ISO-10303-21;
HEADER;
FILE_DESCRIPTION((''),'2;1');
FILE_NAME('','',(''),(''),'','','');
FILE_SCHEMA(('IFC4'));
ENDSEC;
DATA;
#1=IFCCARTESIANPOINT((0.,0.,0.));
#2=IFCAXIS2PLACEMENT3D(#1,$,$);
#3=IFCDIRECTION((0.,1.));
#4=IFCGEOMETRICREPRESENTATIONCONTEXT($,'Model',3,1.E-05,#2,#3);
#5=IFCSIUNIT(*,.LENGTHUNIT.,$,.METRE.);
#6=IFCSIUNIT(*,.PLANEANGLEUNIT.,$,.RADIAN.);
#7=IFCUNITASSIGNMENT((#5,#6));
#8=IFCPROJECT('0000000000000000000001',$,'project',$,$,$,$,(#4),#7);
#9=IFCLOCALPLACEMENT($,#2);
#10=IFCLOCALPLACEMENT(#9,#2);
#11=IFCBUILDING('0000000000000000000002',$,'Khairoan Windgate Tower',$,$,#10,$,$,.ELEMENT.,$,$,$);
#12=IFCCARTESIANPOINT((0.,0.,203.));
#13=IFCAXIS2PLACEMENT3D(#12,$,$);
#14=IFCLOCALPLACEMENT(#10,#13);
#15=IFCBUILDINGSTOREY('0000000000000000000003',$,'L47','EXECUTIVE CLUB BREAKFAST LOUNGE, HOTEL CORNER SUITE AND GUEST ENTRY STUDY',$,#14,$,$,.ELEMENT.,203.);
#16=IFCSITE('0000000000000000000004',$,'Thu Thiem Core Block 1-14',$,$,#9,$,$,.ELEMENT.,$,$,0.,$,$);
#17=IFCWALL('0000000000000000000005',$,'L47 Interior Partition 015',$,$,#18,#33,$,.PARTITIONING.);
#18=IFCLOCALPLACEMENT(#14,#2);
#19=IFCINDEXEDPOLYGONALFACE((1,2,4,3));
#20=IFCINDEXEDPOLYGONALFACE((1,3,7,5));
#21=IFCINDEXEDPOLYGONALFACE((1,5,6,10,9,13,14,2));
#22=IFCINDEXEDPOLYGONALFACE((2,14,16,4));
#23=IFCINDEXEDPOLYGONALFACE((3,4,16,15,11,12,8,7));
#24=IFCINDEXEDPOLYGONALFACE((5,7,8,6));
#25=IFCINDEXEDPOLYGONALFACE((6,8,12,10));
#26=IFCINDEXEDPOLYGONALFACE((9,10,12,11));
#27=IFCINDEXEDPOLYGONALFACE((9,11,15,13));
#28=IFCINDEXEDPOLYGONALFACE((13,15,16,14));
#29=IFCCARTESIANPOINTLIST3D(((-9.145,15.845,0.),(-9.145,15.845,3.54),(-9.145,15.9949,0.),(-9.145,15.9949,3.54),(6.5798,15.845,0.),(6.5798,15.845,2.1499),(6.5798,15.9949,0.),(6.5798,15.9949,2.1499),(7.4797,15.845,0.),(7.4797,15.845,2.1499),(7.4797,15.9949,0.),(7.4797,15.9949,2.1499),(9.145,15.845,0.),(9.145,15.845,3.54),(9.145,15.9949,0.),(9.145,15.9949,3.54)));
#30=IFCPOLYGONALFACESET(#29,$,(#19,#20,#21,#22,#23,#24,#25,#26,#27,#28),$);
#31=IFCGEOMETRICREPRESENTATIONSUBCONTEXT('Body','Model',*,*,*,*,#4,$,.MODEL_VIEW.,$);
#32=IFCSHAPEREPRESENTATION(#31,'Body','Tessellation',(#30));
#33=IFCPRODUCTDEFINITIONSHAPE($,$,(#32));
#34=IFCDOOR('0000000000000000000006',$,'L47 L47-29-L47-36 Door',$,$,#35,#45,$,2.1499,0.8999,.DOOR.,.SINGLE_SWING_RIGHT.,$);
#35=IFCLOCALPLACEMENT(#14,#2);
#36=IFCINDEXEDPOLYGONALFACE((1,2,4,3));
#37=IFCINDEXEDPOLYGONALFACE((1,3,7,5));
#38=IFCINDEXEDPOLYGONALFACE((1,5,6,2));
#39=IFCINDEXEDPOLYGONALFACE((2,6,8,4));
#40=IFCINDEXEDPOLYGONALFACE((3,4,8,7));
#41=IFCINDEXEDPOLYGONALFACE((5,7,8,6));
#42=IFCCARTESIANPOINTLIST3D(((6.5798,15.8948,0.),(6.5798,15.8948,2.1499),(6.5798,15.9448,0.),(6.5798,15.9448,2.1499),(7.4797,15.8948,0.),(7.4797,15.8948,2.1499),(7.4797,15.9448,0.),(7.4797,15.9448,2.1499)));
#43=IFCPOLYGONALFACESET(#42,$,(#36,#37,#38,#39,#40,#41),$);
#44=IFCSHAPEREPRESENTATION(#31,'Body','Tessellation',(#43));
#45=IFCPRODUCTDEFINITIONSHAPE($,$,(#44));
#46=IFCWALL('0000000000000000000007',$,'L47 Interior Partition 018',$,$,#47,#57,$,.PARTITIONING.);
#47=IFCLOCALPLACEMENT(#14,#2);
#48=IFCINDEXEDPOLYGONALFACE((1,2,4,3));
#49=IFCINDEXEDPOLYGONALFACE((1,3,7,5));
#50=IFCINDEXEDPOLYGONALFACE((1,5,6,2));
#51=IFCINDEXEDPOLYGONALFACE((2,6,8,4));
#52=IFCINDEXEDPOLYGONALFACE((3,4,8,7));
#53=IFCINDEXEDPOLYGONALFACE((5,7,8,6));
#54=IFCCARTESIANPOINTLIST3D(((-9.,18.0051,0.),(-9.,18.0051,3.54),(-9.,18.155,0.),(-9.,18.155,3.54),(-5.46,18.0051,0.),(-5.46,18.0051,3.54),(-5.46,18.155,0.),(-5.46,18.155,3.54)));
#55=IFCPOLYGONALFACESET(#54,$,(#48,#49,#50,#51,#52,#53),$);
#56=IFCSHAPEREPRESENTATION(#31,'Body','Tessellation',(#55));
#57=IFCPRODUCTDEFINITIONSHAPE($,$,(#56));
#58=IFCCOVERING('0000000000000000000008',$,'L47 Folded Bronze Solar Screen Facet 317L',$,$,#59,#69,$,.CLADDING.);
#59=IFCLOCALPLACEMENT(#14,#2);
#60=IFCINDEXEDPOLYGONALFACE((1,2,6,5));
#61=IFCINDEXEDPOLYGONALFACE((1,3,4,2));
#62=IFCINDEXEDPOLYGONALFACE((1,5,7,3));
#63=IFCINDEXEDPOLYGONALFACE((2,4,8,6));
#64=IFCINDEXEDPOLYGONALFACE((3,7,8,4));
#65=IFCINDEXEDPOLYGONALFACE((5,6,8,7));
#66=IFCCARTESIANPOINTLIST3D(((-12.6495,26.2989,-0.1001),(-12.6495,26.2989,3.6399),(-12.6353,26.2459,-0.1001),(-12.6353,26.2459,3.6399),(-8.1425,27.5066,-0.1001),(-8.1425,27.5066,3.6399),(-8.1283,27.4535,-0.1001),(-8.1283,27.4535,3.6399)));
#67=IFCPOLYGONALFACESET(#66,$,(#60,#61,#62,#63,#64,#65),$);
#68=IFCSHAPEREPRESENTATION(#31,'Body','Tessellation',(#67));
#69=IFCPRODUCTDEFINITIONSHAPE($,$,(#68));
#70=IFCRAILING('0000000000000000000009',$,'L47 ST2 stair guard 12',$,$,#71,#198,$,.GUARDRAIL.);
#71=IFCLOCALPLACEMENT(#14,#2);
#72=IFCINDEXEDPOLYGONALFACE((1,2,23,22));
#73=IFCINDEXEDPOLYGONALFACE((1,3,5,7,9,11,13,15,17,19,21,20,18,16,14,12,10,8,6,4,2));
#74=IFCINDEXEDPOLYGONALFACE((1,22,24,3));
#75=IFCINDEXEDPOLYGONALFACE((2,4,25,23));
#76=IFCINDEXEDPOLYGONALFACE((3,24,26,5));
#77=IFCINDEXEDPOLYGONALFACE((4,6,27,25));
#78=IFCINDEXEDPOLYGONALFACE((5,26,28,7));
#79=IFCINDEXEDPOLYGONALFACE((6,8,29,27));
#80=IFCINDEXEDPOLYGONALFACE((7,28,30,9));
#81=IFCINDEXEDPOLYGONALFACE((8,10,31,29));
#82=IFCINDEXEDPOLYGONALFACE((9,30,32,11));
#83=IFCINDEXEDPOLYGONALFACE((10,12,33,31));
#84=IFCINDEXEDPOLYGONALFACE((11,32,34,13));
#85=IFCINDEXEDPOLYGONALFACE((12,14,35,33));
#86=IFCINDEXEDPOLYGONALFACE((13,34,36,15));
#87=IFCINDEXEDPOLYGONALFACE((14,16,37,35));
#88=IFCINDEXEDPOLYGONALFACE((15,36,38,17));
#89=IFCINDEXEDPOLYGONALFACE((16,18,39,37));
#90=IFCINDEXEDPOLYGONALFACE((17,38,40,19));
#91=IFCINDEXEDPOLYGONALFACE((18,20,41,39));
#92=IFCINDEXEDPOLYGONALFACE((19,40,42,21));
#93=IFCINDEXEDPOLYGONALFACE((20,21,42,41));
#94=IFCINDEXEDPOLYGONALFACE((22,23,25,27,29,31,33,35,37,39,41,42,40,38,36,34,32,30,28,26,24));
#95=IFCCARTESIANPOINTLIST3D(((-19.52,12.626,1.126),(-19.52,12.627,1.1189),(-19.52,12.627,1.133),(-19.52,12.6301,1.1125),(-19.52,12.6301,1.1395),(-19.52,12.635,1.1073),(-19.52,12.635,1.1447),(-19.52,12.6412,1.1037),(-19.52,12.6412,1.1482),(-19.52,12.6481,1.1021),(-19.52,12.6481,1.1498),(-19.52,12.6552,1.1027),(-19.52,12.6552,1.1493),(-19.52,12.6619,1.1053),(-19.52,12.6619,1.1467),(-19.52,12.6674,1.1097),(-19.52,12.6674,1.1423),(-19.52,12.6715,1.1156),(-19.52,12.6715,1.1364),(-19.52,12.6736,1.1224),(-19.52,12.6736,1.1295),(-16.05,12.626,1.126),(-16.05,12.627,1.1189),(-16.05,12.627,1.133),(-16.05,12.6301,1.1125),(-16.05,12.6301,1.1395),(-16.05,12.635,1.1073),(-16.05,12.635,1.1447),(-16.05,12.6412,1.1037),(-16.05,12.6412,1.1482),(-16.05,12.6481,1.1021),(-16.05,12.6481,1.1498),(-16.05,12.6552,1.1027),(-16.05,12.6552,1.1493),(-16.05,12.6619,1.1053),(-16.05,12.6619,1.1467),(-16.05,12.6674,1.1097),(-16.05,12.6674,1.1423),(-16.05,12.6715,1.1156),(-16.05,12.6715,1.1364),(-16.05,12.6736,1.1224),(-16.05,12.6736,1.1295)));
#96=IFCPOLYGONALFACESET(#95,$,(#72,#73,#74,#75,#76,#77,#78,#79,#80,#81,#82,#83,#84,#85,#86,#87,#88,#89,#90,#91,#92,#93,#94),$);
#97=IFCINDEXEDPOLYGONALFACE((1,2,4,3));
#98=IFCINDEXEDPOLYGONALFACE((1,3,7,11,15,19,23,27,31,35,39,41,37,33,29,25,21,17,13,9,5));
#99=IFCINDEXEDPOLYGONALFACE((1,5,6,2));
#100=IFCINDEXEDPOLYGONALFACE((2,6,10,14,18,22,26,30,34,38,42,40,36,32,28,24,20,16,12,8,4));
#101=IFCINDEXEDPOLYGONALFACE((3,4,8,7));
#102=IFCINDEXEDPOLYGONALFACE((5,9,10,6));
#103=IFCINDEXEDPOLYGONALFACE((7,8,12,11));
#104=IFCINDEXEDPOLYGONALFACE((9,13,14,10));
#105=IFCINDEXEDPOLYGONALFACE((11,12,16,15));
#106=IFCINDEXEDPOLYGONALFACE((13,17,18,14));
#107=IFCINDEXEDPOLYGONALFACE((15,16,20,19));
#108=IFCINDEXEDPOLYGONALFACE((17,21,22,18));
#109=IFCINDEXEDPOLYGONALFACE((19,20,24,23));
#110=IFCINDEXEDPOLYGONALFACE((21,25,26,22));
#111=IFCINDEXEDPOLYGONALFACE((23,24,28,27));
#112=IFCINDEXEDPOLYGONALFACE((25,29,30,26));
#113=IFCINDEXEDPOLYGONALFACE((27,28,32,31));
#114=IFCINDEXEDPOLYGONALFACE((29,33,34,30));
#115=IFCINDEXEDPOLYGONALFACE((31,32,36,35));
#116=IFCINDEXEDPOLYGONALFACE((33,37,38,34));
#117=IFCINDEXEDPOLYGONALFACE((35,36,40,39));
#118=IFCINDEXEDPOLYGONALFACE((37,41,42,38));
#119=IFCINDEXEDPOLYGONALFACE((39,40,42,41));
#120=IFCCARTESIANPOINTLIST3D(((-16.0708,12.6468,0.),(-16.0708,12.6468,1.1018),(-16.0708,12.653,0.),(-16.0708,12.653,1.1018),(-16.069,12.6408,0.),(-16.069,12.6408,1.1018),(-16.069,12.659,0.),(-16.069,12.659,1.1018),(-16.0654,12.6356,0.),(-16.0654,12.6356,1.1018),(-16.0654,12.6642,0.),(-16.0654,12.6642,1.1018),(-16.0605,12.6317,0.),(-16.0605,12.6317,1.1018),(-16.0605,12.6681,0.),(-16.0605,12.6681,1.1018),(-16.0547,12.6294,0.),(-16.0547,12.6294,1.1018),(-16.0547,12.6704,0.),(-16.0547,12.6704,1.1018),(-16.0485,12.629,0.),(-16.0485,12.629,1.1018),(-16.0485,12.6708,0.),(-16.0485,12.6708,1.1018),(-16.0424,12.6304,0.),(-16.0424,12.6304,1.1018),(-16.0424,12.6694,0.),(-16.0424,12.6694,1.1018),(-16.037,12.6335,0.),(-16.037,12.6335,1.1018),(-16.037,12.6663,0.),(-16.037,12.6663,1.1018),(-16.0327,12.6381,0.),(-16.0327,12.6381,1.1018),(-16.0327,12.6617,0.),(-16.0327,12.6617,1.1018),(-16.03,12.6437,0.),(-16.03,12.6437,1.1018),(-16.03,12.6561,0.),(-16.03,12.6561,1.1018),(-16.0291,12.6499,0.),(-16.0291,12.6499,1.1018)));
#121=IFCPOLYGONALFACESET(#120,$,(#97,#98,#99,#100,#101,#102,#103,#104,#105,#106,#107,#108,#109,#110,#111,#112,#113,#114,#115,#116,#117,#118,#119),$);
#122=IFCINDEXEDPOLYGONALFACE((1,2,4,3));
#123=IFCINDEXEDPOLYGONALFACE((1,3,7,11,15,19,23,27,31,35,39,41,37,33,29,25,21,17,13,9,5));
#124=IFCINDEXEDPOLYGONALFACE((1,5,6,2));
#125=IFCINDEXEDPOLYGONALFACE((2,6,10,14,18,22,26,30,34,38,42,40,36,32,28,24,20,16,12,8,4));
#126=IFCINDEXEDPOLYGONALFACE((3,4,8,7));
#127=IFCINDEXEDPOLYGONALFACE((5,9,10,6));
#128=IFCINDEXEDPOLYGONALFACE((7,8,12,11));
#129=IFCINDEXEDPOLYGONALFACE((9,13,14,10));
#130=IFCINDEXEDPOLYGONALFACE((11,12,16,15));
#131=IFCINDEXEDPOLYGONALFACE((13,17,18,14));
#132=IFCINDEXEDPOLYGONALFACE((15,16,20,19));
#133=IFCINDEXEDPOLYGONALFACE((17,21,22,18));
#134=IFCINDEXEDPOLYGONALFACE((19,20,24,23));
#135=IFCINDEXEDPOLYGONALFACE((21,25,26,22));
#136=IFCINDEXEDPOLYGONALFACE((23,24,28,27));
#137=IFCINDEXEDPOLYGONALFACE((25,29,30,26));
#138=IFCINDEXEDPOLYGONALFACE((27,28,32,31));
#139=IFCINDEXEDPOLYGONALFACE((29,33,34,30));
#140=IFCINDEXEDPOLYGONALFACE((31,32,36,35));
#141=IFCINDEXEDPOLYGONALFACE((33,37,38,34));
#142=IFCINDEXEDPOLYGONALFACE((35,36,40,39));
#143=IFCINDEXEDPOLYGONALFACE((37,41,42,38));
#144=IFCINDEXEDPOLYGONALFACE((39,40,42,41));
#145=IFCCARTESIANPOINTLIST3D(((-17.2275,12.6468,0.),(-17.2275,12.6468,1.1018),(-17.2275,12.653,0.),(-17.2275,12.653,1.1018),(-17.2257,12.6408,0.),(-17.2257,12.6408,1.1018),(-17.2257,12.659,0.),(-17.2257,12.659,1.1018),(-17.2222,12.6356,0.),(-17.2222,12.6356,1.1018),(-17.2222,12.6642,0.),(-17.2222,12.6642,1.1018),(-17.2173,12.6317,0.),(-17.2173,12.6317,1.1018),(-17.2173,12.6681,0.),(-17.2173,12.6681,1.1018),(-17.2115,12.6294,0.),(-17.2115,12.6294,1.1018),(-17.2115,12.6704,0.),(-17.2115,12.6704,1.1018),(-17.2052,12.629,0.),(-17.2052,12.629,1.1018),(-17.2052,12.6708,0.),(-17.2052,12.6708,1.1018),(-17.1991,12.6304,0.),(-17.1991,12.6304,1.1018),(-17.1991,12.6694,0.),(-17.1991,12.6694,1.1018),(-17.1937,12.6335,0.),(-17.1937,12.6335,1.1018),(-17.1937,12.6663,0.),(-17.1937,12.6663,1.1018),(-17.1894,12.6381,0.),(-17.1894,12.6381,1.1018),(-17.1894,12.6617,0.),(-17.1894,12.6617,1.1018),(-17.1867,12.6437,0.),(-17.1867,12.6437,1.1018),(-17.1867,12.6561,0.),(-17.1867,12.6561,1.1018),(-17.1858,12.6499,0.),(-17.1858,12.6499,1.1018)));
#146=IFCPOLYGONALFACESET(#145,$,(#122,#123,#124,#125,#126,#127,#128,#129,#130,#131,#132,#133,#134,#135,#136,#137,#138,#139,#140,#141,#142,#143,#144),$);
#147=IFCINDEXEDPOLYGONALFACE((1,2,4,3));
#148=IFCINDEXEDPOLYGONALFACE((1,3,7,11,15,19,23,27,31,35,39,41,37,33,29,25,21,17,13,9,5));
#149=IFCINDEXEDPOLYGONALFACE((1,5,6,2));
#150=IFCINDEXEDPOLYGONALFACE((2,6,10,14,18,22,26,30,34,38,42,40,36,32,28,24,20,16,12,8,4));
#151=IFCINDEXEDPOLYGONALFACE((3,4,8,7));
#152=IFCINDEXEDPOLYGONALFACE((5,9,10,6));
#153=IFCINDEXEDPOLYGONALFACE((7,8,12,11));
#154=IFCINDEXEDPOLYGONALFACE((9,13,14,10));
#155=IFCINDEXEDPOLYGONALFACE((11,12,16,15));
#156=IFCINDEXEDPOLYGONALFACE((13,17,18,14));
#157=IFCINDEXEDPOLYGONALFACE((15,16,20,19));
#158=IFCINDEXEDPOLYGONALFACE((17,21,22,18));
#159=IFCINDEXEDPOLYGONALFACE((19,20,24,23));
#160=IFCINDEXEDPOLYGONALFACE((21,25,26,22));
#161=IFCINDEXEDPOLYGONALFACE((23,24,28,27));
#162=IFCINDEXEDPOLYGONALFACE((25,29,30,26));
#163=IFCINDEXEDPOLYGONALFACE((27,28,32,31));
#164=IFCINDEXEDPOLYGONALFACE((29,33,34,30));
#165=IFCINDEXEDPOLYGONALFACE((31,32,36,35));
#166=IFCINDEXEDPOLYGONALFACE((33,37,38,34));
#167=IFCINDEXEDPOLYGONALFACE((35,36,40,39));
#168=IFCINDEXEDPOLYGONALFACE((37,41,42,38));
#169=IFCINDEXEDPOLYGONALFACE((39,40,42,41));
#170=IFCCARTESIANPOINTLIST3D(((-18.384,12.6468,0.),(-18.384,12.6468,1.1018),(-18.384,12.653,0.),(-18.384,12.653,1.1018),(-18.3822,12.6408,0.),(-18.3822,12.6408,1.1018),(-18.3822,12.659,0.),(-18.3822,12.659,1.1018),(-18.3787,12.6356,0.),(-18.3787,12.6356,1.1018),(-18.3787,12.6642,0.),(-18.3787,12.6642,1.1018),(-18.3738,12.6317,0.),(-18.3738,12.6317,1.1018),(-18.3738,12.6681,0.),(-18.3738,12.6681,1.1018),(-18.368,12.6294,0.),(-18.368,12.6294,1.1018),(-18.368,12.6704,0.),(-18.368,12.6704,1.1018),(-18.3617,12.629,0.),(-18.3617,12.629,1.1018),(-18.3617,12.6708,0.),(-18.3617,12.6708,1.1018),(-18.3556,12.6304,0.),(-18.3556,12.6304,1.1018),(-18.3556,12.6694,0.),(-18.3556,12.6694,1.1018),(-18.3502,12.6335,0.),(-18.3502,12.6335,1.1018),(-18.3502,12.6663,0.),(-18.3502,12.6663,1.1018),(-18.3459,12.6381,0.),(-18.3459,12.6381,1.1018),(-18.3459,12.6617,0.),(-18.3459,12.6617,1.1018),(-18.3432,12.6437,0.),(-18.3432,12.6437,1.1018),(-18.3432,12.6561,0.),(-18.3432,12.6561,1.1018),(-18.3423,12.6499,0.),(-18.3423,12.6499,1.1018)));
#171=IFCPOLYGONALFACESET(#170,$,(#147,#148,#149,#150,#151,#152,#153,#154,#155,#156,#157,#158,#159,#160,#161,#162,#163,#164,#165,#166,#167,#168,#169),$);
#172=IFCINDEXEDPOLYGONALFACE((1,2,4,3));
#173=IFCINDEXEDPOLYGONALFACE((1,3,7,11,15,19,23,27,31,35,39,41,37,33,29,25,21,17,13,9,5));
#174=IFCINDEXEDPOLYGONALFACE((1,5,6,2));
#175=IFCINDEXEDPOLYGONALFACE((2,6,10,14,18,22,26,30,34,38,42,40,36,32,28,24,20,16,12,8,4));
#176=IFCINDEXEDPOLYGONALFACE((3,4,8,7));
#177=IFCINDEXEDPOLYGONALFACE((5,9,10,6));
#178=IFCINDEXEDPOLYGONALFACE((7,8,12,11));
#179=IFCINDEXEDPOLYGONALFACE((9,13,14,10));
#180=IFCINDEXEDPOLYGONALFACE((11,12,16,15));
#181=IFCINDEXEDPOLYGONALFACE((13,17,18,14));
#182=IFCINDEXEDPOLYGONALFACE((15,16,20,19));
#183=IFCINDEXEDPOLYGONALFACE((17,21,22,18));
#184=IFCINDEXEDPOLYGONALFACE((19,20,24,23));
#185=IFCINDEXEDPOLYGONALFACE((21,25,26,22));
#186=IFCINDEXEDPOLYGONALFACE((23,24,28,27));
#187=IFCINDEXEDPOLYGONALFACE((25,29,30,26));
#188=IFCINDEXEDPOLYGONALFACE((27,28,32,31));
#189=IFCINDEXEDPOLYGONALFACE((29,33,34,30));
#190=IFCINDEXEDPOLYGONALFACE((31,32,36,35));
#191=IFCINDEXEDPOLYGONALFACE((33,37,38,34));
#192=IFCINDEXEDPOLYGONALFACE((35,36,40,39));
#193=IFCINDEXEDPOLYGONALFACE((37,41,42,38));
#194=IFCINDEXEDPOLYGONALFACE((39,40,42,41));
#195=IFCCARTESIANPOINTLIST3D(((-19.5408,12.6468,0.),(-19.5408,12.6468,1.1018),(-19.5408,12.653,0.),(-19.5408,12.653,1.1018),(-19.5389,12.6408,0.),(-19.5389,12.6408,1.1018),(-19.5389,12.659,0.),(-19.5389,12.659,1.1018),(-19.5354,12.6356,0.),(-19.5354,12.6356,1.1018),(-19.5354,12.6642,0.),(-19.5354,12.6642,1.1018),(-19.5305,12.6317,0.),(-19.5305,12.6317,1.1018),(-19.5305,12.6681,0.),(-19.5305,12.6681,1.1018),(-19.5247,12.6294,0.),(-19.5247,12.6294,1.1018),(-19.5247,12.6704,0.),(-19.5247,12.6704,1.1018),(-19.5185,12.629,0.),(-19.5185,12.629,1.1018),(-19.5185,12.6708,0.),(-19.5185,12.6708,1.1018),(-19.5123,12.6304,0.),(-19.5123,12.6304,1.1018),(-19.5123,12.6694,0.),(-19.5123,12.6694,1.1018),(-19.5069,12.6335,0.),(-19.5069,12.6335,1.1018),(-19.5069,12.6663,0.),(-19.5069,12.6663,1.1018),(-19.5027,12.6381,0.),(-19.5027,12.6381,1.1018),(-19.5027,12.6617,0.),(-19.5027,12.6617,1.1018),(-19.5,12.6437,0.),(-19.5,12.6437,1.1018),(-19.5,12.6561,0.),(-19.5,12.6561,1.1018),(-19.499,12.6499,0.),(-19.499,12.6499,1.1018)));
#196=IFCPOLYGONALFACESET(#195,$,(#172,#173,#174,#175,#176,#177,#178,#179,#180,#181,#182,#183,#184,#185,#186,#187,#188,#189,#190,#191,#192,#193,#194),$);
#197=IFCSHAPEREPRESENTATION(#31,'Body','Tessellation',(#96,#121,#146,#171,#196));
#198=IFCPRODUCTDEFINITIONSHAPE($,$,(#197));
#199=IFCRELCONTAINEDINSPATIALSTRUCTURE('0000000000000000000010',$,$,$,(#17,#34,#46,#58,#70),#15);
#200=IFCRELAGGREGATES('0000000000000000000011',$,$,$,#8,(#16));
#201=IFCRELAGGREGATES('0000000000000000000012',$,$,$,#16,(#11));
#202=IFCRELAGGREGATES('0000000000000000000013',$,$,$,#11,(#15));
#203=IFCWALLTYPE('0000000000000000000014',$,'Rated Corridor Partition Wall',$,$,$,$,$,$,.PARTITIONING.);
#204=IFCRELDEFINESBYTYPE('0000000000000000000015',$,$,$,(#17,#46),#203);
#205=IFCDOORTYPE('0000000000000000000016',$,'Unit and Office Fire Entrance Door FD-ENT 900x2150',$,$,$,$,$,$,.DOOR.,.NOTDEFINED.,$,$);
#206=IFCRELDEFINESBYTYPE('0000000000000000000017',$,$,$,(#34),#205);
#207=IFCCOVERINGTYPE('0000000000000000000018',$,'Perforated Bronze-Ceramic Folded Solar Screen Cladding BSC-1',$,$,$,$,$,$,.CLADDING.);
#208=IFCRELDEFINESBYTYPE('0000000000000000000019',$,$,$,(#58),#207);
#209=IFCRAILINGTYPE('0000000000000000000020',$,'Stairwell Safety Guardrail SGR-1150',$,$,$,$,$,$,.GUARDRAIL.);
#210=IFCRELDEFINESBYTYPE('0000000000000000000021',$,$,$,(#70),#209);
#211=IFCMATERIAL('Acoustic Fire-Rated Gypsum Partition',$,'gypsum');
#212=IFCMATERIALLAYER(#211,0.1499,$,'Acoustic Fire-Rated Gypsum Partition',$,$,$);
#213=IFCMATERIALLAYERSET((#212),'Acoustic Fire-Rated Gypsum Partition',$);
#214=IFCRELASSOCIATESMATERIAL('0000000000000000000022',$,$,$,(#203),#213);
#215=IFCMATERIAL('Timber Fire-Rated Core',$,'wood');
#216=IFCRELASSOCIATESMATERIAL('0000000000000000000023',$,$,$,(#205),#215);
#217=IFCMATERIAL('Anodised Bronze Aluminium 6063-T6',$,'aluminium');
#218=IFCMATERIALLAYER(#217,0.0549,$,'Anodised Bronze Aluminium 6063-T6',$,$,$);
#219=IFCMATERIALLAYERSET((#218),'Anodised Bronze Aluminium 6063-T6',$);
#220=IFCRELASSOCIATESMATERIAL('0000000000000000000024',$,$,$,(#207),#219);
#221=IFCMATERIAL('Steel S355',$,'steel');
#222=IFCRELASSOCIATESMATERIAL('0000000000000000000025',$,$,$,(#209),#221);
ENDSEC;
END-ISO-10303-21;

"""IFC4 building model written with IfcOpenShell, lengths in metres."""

from ifc_helpers import new_model, si_unit, direction, frame, frame_2d, origin, origin_2d, place, context, subcontext, project, spatial, rectangle, circle, extrude, material, layer, layer_set, type_object, element, fill, save


model = new_model("IFC4")

# Units and contexts
model_context = context("Model", 3, precision=1e-05, world=origin(), true_north=direction((0.0, 1.0)))
body_context = subcontext(model_context, "Body", "Model", "MODEL_VIEW")
ifc_project = project(units=[si_unit("LENGTHUNIT", "METRE"), si_unit("PLANEANGLEUNIT", "RADIAN")], contexts=[model_context])

# Site, building, storey
site_placement = place(None, origin())
site = spatial("IfcSite", under=ifc_project, at=site_placement, Name="Thu Thiem Core Block 1-14", CompositionType="ELEMENT", RefElevation=0.0)
building_placement = place(site_placement, origin())
building = spatial("IfcBuilding", under=site, at=building_placement, Name="Khairoan Windgate Tower", CompositionType="ELEMENT")
storey_placement = place(building_placement, frame((0.0, 0.0, 203.0)))
storey = spatial("IfcBuildingStorey", under=building, at=storey_placement, Name="L47", Description="EXECUTIVE CLUB BREAKFAST LOUNGE, HOTEL CORNER SUITE AND GUEST ENTRY STUDY", CompositionType="ELEMENT", Elevation=203.0)

# Wall, opening, door
ifc_material_1 = material(Name="Acoustic Fire-Rated Gypsum Partition", Category="gypsum")
ifc_layer_1 = layer(ifc_material_1, 0.1499, Name="Acoustic Fire-Rated Gypsum Partition")
ifc_layer_set_1 = layer_set([ifc_layer_1], Name="Acoustic Fire-Rated Gypsum Partition")
wall_type_1 = type_object("IfcWallType", Name="Rated Corridor Partition Wall", PredefinedType="PARTITIONING", material=ifc_layer_set_1)
wall_1_placement = place(storey_placement, frame((-9.145, 15.9199, 0.0), z_axis=(0.0, 0.0, 1.0), x_axis=(1.0, 0.0, 0.0)))
wall_1 = element("IfcWall", 1, at=wall_1_placement, inside=storey, type_object=wall_type_1, Name="L47 Interior Partition 015", PredefinedType="PARTITIONING", context=body_context, shape_type="SweptSolid", body=[
    extrude(rectangle(XDim=18.29, YDim=0.1499, at=frame_2d((9.145, 0.0))), origin(), (0.0, 0.0, 1.0), 3.54),
])
opening_1_placement = place(wall_1_placement, frame((15.7249, 0.0, 0.0)))
opening_1 = element("IfcOpeningElement", 2, at=opening_1_placement, cuts=wall_1, PredefinedType="OPENING", context=body_context, shape_type="SweptSolid", body=[
    extrude(rectangle(XDim=0.8999, YDim=2.1499, at=frame_2d((0.45, 1.075))), frame((0.0, 0.085, 0.0), z_axis=(0.0, -1.0, 0.0), x_axis=(1.0, 0.0, 0.0)), (0.0, 0.0, 1.0), 0.1699),
])
ifc_material_2 = material(Name="Timber Fire-Rated Core", Category="wood")
door_type_1 = type_object("IfcDoorType", Name="Unit and Office Fire Entrance Door FD-ENT 900x2150", OperationType="NOTDEFINED", PredefinedType="DOOR", material=ifc_material_2)
door_1_placement = place(opening_1_placement, origin())
door_1 = element("IfcDoor", 3, at=door_1_placement, inside=storey, type_object=door_type_1, Name="L47 L47-29-L47-36 Door", OperationType="SINGLE_SWING_RIGHT", OverallHeight=2.1499, OverallWidth=0.8999, PredefinedType="DOOR", context=body_context, shape_type="SweptSolid", body=[
    extrude(rectangle(XDim=0.8999, YDim=2.1499, at=frame_2d((0.45, 1.075))), frame((0.0, 0.0249, 0.0), z_axis=(0.0, -1.0, 0.0), x_axis=(1.0, 0.0, 0.0)), (0.0, 0.0, 1.0), 0.05),
])
fill(opening_1, door_1)

# Wall
wall_2_placement = place(storey_placement, frame((-9.0, 18.0801, 0.0), z_axis=(0.0, 0.0, 1.0), x_axis=(1.0, 0.0, 0.0)))
element("IfcWall", 4, at=wall_2_placement, inside=storey, type_object=wall_type_1, Name="L47 Interior Partition 018", PredefinedType="PARTITIONING", context=body_context, shape_type="SweptSolid", body=[
    extrude(rectangle(XDim=3.54, YDim=0.1499, at=frame_2d((1.77, 0.0))), origin(), (0.0, 0.0, 1.0), 3.54),
])

# Covering
ifc_material_3 = material(Name="Anodised Bronze Aluminium 6063-T6", Category="aluminium")
ifc_layer_2 = layer(ifc_material_3, 0.0549, Name="Anodised Bronze Aluminium 6063-T6")
ifc_layer_set_2 = layer_set([ifc_layer_2], Name="Anodised Bronze Aluminium 6063-T6")
covering_type = type_object("IfcCoveringType", Name="Perforated Bronze-Ceramic Folded Solar Screen Cladding BSC-1", PredefinedType="CLADDING", material=ifc_layer_set_2)
covering_placement = place(storey_placement, frame((-10.3889, 26.8762, -0.1001), z_axis=(0.0, 0.0, 1.0), x_axis=(0.965926, 0.258819, 0.0)))
element("IfcCovering", 5, at=covering_placement, inside=storey, type_object=covering_type, Name="L47 Folded Bronze Solar Screen Facet 317L", PredefinedType="CLADDING", context=body_context, shape_type="SweptSolid", body=[
    extrude(rectangle(XDim=4.666, YDim=0.0549, at=origin_2d()), origin(), (0.0, 0.0, 1.0), 3.74),
])

# Railing
ifc_material_4 = material(Name="Steel S355", Category="steel")
railing_type = type_object("IfcRailingType", Name="Stairwell Safety Guardrail SGR-1150", PredefinedType="GUARDRAIL", material=ifc_material_4)
railing_placement = place(storey_placement, frame((-16.05, 12.6499, 0.0)))
element("IfcRailing", 6, at=railing_placement, inside=storey, type_object=railing_type, Name="L47 ST2 stair guard 12", PredefinedType="GUARDRAIL", context=body_context, shape_type="SweptSolid", body=[
    extrude(circle(Radius=0.0239, at=origin_2d()), frame((0.0, 0.0, 1.126), z_axis=(-1.0, 0.0, 0.0), x_axis=(0.0, -1.0, 0.0)), (0.0, 0.0, 1.0), 3.47),
    extrude(circle(Radius=0.021, at=origin_2d()), origin(), (0.0, 0.0, 1.0), 1.1018),
    extrude(circle(Radius=0.021, at=origin_2d()), frame((-1.1567, 0.0, 0.0)), (0.0, 0.0, 1.0), 1.1018),
    extrude(circle(Radius=0.021, at=origin_2d()), frame((-2.3132, 0.0, 0.0)), (0.0, 0.0, 1.0), 1.1018),
    extrude(circle(Radius=0.021, at=origin_2d()), frame((-3.47, 0.0, 0.0)), (0.0, 0.0, 1.0), 1.1018),
])

save(model, "model.ifc")
